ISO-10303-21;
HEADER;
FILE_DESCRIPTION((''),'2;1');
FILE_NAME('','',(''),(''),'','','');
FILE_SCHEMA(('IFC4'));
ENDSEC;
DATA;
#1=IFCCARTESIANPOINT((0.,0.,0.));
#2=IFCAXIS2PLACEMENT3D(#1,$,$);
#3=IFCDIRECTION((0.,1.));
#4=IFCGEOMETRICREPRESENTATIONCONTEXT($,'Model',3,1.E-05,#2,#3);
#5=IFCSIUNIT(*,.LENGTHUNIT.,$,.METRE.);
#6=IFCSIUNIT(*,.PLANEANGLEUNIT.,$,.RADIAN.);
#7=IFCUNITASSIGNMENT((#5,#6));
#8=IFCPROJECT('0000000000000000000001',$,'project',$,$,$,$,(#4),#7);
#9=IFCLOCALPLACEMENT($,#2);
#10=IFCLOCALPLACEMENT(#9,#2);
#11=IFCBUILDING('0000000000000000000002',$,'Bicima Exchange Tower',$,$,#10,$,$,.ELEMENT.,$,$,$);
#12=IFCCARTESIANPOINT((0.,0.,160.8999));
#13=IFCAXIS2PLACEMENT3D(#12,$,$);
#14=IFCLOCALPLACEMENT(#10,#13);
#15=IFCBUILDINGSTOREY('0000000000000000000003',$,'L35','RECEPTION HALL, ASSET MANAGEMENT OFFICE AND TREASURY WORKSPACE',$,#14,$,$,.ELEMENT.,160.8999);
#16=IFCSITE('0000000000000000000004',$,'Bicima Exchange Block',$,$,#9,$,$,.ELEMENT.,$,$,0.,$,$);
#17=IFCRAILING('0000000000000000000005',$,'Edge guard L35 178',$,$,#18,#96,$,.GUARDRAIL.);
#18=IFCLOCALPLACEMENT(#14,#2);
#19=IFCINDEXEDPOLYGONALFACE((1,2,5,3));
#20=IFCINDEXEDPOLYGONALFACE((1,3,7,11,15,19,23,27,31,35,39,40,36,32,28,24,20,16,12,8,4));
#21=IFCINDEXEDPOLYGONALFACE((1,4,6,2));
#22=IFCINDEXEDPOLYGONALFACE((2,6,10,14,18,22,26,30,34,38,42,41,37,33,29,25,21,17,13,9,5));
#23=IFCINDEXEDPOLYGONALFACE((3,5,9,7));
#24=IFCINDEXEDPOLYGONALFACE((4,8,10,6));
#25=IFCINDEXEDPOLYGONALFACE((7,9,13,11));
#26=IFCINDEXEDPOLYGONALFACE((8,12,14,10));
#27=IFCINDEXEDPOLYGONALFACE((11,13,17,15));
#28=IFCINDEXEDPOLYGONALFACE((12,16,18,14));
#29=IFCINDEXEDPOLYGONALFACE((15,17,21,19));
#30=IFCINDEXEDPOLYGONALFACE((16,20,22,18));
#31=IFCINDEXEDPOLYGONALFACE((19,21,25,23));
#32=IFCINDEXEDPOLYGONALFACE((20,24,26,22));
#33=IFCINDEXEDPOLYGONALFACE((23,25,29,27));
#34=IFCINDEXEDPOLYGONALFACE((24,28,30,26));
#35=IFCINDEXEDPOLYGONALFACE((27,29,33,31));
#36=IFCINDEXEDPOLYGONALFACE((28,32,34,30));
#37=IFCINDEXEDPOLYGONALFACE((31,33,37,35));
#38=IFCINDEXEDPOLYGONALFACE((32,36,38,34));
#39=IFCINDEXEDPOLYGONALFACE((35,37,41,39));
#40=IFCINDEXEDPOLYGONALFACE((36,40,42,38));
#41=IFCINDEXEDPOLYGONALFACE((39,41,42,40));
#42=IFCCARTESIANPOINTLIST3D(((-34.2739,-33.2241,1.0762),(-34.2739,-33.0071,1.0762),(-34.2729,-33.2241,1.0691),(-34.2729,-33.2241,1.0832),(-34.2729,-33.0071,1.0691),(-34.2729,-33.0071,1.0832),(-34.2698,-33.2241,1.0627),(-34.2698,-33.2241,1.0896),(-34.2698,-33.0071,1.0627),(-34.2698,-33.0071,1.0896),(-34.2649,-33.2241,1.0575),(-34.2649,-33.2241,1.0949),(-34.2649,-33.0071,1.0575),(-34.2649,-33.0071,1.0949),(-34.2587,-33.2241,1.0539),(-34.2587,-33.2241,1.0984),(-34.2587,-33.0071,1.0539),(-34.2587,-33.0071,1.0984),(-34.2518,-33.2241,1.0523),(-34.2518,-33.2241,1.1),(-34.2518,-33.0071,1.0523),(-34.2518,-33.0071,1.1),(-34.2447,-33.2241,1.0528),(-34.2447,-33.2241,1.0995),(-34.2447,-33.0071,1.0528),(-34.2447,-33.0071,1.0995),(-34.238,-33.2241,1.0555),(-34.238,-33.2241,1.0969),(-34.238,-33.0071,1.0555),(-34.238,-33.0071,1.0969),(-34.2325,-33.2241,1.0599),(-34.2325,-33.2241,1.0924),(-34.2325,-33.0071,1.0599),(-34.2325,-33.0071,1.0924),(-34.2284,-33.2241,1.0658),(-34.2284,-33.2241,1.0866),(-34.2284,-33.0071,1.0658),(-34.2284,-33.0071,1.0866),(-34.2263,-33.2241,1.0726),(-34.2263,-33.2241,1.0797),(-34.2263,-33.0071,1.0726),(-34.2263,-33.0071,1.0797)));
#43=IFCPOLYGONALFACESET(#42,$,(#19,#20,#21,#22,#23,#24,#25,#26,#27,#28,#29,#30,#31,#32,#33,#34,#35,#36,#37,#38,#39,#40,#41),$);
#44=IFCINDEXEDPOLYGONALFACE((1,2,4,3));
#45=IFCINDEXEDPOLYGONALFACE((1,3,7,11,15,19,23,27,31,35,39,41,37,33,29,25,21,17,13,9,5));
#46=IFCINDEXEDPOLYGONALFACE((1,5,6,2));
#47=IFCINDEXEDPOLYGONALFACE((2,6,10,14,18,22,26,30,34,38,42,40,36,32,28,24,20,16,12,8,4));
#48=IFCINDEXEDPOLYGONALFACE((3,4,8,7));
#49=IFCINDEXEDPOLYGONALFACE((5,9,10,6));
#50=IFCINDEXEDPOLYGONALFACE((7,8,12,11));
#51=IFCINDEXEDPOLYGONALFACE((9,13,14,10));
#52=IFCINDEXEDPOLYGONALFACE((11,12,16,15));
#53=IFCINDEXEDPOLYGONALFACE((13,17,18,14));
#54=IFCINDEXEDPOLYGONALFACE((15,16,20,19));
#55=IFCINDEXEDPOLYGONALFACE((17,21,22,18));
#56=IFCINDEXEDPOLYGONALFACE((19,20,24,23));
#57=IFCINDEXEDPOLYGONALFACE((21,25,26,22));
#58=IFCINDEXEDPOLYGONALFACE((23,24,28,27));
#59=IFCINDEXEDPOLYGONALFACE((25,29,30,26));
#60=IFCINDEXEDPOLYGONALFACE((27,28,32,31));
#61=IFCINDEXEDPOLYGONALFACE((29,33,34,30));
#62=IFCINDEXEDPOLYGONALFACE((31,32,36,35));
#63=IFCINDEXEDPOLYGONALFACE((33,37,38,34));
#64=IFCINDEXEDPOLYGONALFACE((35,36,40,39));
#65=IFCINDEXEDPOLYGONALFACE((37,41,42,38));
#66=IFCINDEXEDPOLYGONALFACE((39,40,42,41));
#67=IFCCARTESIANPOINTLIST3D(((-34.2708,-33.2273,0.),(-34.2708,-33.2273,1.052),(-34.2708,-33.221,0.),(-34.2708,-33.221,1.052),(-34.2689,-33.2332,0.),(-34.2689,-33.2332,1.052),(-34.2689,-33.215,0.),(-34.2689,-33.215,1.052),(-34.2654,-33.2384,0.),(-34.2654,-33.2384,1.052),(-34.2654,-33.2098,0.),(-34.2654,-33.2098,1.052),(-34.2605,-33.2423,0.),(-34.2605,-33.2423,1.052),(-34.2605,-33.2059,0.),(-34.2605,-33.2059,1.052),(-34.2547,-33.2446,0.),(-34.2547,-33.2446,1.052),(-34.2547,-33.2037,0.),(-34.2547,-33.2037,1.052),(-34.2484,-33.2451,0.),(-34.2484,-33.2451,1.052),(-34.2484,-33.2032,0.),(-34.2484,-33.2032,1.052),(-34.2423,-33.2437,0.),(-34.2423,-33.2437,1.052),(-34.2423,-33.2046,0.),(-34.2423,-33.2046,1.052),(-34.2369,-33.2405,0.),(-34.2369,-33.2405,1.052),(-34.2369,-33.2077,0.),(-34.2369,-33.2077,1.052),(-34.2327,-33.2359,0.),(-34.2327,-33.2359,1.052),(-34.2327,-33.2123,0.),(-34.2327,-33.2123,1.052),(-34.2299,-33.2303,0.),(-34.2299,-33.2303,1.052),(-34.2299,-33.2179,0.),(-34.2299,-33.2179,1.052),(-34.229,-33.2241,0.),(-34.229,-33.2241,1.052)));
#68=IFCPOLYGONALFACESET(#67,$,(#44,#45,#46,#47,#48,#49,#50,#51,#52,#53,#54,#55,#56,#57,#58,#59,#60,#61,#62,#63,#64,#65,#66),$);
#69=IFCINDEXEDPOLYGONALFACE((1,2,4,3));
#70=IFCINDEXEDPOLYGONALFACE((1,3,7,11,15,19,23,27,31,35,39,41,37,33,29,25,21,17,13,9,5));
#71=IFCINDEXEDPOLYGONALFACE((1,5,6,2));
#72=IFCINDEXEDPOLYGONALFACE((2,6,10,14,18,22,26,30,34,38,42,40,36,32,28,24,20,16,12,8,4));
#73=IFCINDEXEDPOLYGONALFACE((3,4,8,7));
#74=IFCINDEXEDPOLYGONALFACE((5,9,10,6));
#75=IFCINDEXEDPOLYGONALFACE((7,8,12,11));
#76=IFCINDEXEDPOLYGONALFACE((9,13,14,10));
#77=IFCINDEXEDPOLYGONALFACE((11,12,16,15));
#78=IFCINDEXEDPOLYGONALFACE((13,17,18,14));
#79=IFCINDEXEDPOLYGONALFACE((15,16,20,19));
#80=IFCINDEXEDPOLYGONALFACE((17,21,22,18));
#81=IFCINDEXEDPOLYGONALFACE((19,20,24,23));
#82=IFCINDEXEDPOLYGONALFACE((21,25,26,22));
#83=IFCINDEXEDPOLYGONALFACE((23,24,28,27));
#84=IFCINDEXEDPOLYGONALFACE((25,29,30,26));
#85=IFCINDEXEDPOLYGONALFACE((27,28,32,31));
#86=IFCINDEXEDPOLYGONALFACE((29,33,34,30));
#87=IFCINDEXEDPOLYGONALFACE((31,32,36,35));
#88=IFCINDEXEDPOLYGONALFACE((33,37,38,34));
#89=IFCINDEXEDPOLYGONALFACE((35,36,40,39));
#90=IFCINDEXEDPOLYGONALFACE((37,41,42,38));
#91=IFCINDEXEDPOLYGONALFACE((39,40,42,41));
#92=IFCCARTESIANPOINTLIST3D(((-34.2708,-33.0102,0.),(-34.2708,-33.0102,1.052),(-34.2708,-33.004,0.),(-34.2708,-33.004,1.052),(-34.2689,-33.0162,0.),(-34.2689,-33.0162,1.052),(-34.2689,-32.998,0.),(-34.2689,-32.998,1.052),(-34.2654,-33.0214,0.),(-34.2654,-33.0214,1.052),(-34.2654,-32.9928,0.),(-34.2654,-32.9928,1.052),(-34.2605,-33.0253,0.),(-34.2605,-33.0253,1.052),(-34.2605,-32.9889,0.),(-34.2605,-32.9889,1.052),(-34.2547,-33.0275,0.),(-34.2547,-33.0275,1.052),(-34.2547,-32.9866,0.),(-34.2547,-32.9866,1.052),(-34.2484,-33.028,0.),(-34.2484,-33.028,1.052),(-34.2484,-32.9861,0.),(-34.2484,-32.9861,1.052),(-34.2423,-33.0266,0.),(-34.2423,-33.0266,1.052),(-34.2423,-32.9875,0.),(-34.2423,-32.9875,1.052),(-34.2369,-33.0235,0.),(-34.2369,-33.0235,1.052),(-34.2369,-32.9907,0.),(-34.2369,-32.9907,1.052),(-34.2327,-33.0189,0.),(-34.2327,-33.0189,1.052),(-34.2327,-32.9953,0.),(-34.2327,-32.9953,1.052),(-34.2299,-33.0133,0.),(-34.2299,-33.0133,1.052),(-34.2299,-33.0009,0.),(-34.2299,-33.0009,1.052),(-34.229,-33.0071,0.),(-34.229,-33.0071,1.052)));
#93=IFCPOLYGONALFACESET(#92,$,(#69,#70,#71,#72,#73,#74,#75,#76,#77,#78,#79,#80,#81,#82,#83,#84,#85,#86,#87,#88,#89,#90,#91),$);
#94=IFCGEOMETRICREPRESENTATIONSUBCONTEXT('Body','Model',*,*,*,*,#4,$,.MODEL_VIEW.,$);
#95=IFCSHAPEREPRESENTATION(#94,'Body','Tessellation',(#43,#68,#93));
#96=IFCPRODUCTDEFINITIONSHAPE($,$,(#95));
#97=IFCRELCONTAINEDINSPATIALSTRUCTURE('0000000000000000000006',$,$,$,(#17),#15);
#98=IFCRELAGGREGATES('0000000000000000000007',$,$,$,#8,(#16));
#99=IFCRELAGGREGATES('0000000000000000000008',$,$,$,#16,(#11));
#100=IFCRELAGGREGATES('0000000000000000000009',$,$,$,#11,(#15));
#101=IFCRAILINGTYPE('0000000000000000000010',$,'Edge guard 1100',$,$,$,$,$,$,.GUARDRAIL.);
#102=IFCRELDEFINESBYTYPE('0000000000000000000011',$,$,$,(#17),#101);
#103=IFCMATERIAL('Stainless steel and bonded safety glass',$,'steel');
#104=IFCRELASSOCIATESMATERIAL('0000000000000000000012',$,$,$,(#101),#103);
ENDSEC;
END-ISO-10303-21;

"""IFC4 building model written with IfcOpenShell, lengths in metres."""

from ifc_helpers import new_model, si_unit, direction, frame, origin, origin_2d, place, context, subcontext, project, spatial, circle, extrude, material, type_object, element, save


model = new_model("IFC4")

# Units and contexts
model_context = context("Model", 3, precision=1e-05, world=origin(), true_north=direction((0.0, 1.0)))
body_context = subcontext(model_context, "Body", "Model", "MODEL_VIEW")
ifc_project = project(units=[si_unit("LENGTHUNIT", "METRE"), si_unit("PLANEANGLEUNIT", "RADIAN")], contexts=[model_context])

# Site, building, storey
site_placement = place(None, origin())
site = spatial("IfcSite", under=ifc_project, at=site_placement, Name="Bicima Exchange Block", CompositionType="ELEMENT", RefElevation=0.0)
building_placement = place(site_placement, origin())
building = spatial("IfcBuilding", under=site, at=building_placement, Name="Bicima Exchange Tower", CompositionType="ELEMENT")
storey_placement = place(building_placement, frame((0.0, 0.0, 160.8999)))
storey = spatial("IfcBuildingStorey", under=building, at=storey_placement, Name="L35", Description="RECEPTION HALL, ASSET MANAGEMENT OFFICE AND TREASURY WORKSPACE", CompositionType="ELEMENT", Elevation=160.8999)

# Railing
ifc_material_1 = material(Name="Stainless steel and bonded safety glass", Category="steel")
railing_type = type_object("IfcRailingType", Name="Edge guard 1100", PredefinedType="GUARDRAIL", material=ifc_material_1)
railing_1_placement = place(storey_placement, frame((-34.25, -33.2241, 0.0)))
element("IfcRailing", 1, at=railing_1_placement, inside=storey, type_object=railing_type, Name="Edge guard L35 178", PredefinedType="GUARDRAIL", context=body_context, shape_type="SweptSolid", body=[
    extrude(circle(Radius=0.0239, at=origin_2d()), frame((0.0, 0.0, 1.0762), z_axis=(0.0, 1.0, 0.0), x_axis=(-1.0, 0.0, 0.0)), (0.0, 0.0, 1.0), 0.217),
    extrude(circle(Radius=0.021, at=origin_2d()), origin(), (0.0, 0.0, 1.0), 1.052),
    extrude(circle(Radius=0.021, at=origin_2d()), frame((0.0, 0.217, 0.0)), (0.0, 0.0, 1.0), 1.052),
])

save(model, "model.ifc")
